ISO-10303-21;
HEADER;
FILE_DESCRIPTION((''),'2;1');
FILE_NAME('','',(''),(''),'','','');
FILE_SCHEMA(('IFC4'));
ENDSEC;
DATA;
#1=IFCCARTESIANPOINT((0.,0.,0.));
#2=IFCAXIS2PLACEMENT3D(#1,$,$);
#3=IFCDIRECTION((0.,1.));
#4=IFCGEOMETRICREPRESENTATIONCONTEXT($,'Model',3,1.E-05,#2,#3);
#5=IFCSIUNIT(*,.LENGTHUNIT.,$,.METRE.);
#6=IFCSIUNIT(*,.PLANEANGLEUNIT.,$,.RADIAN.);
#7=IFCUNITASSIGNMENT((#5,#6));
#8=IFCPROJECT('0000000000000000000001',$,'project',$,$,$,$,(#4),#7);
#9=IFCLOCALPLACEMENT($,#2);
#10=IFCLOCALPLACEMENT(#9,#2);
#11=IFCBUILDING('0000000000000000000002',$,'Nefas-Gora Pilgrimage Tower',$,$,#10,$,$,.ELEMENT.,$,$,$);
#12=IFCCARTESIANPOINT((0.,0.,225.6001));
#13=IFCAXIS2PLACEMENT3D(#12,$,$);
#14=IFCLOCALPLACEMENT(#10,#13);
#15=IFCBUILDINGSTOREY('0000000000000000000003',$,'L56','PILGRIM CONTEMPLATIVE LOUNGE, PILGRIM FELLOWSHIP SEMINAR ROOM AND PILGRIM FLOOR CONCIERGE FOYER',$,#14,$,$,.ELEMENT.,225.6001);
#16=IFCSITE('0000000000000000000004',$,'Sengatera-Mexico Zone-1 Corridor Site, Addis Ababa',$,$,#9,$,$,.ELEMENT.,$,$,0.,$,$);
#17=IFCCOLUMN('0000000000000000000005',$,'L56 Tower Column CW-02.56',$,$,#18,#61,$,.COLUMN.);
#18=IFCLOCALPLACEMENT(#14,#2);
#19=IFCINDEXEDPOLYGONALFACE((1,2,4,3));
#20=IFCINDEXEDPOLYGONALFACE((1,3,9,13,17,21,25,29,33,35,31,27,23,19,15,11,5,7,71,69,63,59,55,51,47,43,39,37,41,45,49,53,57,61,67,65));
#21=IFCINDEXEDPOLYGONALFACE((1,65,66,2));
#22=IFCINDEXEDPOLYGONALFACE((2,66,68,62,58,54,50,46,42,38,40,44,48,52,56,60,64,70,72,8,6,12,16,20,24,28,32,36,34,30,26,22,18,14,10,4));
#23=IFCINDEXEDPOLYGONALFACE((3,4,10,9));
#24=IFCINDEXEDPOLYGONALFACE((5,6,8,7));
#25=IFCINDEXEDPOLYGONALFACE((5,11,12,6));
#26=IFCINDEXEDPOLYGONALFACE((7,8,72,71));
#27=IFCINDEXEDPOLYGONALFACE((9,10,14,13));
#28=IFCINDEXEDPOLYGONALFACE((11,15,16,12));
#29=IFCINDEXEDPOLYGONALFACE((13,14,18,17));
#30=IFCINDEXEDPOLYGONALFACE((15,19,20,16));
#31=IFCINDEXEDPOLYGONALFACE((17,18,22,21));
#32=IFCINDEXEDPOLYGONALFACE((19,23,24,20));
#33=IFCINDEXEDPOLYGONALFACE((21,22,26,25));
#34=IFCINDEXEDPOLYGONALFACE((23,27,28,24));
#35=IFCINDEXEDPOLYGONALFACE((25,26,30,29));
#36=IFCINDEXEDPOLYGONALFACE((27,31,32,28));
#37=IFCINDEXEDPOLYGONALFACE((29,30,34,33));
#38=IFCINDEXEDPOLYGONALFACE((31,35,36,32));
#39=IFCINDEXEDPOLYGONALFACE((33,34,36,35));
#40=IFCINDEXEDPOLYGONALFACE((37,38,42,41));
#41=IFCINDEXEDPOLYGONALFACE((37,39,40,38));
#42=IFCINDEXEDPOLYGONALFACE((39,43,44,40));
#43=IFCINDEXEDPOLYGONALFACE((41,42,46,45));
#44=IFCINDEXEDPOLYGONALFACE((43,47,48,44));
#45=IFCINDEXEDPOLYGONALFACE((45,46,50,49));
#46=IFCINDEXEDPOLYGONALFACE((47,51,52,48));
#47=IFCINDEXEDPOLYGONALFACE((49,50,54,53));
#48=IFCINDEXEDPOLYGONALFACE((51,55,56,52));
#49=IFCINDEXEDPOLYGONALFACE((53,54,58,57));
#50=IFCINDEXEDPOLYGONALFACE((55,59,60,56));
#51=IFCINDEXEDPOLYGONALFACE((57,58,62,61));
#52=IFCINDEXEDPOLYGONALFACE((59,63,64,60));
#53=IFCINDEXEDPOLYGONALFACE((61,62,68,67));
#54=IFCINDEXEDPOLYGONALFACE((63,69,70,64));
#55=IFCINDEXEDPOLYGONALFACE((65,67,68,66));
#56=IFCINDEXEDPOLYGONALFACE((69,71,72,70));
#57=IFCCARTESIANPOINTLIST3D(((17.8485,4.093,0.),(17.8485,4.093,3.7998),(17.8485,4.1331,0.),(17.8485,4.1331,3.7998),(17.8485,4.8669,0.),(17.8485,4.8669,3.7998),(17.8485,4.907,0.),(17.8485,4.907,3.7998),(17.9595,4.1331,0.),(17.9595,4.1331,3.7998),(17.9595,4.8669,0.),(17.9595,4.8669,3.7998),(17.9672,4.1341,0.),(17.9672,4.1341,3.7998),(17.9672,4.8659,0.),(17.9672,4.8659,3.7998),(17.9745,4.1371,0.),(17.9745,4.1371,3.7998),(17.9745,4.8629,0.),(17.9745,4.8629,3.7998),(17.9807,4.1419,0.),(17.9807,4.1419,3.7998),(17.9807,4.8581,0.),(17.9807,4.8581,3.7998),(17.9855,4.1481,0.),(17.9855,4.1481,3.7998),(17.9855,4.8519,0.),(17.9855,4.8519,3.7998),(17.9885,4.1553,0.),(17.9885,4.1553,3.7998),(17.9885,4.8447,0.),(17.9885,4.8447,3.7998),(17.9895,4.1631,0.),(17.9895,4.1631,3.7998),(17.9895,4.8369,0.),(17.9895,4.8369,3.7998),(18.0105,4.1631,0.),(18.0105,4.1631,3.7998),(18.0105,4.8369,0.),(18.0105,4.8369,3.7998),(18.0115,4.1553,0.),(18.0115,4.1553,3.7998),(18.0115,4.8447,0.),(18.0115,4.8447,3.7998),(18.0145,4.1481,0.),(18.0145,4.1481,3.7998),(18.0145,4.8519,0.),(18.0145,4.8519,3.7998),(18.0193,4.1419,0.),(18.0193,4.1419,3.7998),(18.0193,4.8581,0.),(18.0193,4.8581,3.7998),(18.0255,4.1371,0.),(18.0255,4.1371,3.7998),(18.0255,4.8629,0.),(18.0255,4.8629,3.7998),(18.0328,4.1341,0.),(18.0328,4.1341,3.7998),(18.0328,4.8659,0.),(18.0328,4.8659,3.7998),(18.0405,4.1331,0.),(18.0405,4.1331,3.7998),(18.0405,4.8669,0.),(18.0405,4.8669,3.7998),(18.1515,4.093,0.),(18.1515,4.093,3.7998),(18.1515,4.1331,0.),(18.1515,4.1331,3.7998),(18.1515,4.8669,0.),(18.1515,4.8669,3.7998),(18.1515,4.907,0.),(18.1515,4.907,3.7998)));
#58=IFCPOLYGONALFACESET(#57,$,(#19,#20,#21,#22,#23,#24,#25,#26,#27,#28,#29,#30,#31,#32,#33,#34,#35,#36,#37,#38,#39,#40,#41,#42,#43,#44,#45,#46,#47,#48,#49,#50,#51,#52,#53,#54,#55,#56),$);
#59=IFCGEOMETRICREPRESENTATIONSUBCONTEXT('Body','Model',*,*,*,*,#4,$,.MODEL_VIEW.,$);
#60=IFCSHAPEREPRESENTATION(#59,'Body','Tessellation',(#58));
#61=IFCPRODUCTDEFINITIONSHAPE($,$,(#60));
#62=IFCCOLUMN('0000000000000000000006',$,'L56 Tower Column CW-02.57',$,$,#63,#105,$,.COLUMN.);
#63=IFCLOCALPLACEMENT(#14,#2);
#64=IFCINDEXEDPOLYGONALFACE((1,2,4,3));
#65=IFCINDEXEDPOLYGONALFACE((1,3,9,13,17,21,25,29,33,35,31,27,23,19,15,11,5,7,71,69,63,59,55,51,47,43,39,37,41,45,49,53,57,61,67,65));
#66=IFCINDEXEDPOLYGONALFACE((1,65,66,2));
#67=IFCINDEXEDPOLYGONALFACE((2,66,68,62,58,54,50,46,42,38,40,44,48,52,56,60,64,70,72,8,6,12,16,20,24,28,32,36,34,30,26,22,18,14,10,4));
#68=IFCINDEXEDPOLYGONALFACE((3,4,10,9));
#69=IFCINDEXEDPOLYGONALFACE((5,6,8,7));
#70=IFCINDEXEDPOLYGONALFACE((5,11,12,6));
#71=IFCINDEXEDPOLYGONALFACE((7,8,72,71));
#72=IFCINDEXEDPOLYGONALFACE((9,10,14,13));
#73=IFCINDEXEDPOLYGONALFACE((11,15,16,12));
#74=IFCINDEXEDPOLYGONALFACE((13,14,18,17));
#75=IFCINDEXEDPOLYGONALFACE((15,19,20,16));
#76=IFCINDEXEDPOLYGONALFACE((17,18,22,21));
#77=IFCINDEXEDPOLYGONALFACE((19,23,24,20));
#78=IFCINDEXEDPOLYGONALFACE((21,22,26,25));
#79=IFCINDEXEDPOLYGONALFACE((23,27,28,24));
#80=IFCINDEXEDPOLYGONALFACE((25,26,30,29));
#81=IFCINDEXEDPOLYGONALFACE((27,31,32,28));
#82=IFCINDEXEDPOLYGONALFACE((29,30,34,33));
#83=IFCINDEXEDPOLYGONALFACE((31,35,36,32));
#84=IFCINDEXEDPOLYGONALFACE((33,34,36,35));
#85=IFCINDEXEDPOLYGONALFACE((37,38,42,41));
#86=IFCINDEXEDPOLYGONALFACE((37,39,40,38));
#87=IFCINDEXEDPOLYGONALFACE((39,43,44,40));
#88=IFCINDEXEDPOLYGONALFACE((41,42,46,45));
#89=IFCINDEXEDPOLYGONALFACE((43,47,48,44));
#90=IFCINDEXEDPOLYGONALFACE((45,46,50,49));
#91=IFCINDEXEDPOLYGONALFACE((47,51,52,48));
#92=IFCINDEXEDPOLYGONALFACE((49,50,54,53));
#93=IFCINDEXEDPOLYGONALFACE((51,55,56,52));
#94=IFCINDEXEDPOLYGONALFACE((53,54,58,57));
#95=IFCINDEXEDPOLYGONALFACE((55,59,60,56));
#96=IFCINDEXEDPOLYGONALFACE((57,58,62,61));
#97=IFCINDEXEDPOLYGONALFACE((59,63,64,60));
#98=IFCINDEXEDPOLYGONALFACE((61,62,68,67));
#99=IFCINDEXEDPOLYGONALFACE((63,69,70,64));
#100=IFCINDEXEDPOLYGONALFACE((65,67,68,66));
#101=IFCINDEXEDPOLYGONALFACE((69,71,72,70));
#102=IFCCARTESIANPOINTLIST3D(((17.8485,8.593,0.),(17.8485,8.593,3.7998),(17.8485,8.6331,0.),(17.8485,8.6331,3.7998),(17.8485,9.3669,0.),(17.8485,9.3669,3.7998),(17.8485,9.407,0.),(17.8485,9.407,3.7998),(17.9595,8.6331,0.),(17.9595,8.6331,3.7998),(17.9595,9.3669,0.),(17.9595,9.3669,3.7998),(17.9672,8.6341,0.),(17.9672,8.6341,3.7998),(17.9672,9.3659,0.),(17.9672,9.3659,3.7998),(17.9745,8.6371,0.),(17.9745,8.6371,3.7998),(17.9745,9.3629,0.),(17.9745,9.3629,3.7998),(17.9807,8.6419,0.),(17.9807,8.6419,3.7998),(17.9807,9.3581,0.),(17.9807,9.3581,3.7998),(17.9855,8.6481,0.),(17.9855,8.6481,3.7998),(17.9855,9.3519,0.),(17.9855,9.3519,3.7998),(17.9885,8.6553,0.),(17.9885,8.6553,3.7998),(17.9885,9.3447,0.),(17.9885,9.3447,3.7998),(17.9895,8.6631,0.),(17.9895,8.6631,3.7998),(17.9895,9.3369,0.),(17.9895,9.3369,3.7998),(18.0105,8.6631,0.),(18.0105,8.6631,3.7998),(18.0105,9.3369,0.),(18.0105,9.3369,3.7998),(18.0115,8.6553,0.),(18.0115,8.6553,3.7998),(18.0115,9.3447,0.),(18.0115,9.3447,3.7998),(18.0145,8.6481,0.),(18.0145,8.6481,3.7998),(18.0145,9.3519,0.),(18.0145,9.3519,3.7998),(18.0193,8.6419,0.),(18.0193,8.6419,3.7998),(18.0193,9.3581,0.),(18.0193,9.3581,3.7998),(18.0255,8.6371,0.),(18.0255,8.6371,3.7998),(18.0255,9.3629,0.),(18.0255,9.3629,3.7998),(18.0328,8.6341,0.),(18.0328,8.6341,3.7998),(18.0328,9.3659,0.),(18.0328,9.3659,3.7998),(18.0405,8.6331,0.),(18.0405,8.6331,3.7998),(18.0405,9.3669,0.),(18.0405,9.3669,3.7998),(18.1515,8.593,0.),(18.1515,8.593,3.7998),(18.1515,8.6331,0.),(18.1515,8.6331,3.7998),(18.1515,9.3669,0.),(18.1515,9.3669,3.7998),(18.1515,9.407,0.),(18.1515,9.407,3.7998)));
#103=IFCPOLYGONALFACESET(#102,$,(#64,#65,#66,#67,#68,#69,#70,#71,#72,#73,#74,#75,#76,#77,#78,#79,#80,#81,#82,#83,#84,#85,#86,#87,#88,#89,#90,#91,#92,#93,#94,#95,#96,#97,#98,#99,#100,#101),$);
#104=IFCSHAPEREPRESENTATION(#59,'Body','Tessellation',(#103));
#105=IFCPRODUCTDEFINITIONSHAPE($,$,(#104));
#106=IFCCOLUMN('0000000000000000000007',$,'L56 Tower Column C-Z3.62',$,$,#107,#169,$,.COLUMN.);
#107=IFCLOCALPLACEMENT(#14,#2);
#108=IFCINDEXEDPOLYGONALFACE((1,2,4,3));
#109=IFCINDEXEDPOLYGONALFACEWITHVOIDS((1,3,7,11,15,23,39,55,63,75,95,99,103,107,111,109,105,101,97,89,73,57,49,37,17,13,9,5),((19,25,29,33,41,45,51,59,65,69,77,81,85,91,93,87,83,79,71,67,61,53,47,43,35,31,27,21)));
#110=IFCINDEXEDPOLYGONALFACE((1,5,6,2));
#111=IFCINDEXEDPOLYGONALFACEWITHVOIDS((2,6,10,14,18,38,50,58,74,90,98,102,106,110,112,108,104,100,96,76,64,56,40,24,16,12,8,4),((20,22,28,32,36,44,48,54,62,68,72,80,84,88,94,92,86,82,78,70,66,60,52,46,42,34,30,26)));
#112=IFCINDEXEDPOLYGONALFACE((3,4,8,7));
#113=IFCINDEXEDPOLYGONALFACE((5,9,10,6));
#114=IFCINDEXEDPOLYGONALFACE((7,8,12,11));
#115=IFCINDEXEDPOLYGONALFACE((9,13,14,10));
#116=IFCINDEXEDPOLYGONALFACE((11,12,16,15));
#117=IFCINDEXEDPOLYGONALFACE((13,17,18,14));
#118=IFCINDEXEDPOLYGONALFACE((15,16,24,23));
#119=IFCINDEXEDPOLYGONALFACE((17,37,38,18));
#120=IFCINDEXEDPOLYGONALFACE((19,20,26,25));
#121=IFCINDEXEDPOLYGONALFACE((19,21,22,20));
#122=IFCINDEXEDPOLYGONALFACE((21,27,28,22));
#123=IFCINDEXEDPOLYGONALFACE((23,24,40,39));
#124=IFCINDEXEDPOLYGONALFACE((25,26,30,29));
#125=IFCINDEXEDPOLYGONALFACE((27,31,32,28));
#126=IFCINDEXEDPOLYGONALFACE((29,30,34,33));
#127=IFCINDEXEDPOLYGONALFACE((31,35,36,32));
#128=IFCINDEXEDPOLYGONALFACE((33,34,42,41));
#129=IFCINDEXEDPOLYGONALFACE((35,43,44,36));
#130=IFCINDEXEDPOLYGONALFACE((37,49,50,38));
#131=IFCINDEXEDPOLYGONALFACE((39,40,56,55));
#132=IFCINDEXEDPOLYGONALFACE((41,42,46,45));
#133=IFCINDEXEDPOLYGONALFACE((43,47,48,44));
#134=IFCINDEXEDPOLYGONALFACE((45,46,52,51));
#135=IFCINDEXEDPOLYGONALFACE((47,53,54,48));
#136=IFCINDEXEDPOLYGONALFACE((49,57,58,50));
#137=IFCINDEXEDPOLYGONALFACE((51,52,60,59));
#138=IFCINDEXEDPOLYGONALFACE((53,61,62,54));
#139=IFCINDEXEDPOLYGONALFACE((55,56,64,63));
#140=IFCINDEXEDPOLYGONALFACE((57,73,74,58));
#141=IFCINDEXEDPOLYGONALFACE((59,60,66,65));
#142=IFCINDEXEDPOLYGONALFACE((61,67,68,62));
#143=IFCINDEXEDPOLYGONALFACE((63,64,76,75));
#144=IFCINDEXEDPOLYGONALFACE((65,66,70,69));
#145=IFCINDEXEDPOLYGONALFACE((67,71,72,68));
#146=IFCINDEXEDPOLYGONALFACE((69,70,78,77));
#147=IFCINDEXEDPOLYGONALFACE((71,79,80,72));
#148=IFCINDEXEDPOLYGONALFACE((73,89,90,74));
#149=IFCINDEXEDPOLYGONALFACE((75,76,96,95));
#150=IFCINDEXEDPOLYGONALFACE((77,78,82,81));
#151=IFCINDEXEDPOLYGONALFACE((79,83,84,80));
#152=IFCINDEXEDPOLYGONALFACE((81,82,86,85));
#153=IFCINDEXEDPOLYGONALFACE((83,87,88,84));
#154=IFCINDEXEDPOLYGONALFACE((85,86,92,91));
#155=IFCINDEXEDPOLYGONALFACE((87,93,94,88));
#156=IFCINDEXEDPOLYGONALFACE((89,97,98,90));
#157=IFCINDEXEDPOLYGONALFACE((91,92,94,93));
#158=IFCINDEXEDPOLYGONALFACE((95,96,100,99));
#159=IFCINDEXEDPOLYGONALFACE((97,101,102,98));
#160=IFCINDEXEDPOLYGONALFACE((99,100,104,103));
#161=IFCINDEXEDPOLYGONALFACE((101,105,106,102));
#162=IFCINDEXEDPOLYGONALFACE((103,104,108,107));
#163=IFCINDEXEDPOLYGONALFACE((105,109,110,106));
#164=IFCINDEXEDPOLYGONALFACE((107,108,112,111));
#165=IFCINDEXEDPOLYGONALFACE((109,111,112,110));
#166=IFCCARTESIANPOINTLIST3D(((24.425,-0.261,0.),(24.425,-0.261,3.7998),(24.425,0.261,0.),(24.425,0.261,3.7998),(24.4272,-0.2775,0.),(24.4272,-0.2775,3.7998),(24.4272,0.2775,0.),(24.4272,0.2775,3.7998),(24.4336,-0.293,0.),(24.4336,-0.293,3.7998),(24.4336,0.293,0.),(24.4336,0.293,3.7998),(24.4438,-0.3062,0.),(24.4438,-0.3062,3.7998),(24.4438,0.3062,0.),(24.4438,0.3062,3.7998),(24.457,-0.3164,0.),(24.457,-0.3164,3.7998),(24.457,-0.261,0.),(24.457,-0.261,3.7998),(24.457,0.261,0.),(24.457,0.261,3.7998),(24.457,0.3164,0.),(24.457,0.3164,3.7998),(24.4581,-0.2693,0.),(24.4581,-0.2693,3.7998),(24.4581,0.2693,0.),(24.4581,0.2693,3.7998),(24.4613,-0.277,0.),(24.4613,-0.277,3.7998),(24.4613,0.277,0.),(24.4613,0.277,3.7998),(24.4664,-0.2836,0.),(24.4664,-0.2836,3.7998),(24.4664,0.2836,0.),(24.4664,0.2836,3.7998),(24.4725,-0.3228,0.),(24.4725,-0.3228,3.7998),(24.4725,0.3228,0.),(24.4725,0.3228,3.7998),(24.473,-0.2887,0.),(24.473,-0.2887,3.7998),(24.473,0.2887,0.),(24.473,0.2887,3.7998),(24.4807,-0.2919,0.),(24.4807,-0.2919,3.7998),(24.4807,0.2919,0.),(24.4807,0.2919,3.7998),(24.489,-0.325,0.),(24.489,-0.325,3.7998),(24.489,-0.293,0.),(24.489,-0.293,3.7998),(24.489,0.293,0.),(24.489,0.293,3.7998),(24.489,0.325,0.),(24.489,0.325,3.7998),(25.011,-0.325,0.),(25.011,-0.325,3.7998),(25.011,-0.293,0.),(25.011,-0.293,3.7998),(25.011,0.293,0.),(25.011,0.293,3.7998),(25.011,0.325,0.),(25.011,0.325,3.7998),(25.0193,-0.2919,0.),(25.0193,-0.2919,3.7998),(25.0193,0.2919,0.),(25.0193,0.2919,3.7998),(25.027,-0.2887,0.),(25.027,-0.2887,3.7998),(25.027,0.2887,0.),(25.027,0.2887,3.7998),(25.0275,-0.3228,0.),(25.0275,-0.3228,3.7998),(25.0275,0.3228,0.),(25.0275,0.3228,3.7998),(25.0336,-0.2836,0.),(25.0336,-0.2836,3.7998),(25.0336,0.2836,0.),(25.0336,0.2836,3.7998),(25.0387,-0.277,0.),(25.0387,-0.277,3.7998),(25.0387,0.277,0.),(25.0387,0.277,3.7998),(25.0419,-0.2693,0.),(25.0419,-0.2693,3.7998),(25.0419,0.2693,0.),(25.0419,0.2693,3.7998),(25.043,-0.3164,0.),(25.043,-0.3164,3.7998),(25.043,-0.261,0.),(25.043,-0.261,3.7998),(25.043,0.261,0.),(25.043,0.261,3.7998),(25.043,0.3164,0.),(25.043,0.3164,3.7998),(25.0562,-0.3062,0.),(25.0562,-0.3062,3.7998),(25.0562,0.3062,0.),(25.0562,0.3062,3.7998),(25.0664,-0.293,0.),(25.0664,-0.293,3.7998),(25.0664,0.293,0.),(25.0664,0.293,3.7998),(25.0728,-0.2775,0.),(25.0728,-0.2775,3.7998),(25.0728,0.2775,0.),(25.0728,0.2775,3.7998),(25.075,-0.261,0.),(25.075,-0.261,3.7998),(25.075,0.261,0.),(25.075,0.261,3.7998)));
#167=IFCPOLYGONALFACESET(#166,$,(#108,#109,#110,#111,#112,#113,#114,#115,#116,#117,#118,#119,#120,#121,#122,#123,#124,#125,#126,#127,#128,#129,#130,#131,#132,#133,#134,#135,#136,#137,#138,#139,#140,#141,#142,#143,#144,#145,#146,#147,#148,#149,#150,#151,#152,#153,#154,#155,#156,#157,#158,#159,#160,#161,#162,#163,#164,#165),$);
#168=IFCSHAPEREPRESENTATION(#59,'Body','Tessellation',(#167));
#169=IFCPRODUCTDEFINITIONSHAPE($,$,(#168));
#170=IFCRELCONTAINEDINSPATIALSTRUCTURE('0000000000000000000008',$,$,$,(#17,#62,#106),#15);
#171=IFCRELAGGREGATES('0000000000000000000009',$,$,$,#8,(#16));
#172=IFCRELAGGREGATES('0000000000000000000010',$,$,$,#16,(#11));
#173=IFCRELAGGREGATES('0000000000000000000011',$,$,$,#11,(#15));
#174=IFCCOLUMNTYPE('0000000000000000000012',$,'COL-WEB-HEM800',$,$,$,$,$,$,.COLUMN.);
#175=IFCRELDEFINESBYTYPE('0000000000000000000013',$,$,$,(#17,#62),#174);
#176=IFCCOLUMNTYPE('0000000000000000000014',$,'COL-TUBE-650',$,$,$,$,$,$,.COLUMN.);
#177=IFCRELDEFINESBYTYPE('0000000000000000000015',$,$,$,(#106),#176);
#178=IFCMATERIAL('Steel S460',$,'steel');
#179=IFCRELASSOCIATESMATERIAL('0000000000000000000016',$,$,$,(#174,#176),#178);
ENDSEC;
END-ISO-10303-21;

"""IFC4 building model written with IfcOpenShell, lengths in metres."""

from ifc_helpers import new_model, si_unit, direction, frame, origin, origin_2d, place, context, subcontext, project, spatial, hollow_rectangle, i_section, extrude, source, transform, mapped, material, material_profile, profile_set, type_object, element, save


model = new_model("IFC4")

# Units and contexts
model_context = context("Model", 3, precision=1e-05, world=origin(), true_north=direction((0.0, 1.0)))
body_context = subcontext(model_context, "Body", "Model", "MODEL_VIEW")
ifc_project = project(units=[si_unit("LENGTHUNIT", "METRE"), si_unit("PLANEANGLEUNIT", "RADIAN")], contexts=[model_context])

# Site, building, storey
site_placement = place(None, origin())
site = spatial("IfcSite", under=ifc_project, at=site_placement, Name="Sengatera-Mexico Zone-1 Corridor Site, Addis Ababa", CompositionType="ELEMENT", RefElevation=0.0)
building_placement = place(site_placement, origin())
building = spatial("IfcBuilding", under=site, at=building_placement, Name="Nefas-Gora Pilgrimage Tower", CompositionType="ELEMENT")
storey_placement = place(building_placement, frame((0.0, 0.0, 225.6001)))
storey = spatial("IfcBuildingStorey", under=building, at=storey_placement, Name="L56", Description="PILGRIM CONTEMPLATIVE LOUNGE, PILGRIM FELLOWSHIP SEMINAR ROOM AND PILGRIM FLOOR CONCIERGE FOYER", CompositionType="ELEMENT", Elevation=225.6001)

# Columns
ifc_material_1 = material(Name="Steel S460", Category="steel")
ifc_material_profile_1 = material_profile(ifc_material_1, i_section(OverallWidth=0.303, OverallDepth=0.814, WebThickness=0.021, FlangeThickness=0.04, FilletRadius=0.03, at=origin_2d()), Name="HEM 800")
ifc_profile_set_1 = profile_set([ifc_material_profile_1], Name="Steel S460")
column_type_1 = type_object("IfcColumnType", Name="COL-WEB-HEM800", PredefinedType="COLUMN", material=ifc_profile_set_1)
shared_shape_1 = source(origin(), body_context, "Body", "SweptSolid", [
    extrude(i_section(OverallWidth=0.303, OverallDepth=0.814, WebThickness=0.021, FlangeThickness=0.04, FilletRadius=0.03, at=origin_2d()), origin(), (0.0, 0.0, 1.0), 3.7998),
])
for number, where, z_axis, x_axis, name in (
    (1, (18.0, 4.5, 0.0), (0.0, 0.0, 1.0), (1.0, 0.0, 0.0), "L56 Tower Column CW-02.56"),
    (2, (18.0, 9.0, 0.0), (0.0, 0.0, 1.0), (1.0, 0.0, 0.0), "L56 Tower Column CW-02.57"),
):
    element("IfcColumn", number, at=place(storey_placement, frame(where, z_axis=z_axis, x_axis=x_axis)), inside=storey, type_object=column_type_1, Name=name, PredefinedType="COLUMN", context=body_context, shape_type="MappedRepresentation", body=[
        mapped(shared_shape_1, transform((0.0, 0.0, 0.0), x_axis=(1.0, 0.0, 0.0), y_axis=(0.0, 1.0, 0.0), z_axis=(0.0, 0.0, 1.0), scale=1.0)),
    ])
ifc_material_profile_2 = material_profile(ifc_material_1, hollow_rectangle(XDim=0.6499, YDim=0.6499, WallThickness=0.032, InnerFilletRadius=0.032, OuterFilletRadius=0.064, at=origin_2d()), Name="BOX 650x650x32")
ifc_profile_set_2 = profile_set([ifc_material_profile_2], Name="Steel S460")
column_type_2 = type_object("IfcColumnType", Name="COL-TUBE-650", PredefinedType="COLUMN", material=ifc_profile_set_2)
shared_shape_2 = source(origin(), body_context, "Body", "SweptSolid", [
    extrude(hollow_rectangle(XDim=0.6499, YDim=0.6499, WallThickness=0.032, InnerFilletRadius=0.032, OuterFilletRadius=0.064, at=origin_2d()), origin(), (0.0, 0.0, 1.0), 3.7998),
])
for number, where, z_axis, x_axis, name in (
    (3, (24.75, 0.0, 0.0), (0.0, 0.0, 1.0), (1.0, 0.0, 0.0), "L56 Tower Column C-Z3.62"),
):
    element("IfcColumn", number, at=place(storey_placement, frame(where, z_axis=z_axis, x_axis=x_axis)), inside=storey, type_object=column_type_2, Name=name, PredefinedType="COLUMN", context=body_context, shape_type="MappedRepresentation", body=[
        mapped(shared_shape_2, transform((0.0, 0.0, 0.0), x_axis=(1.0, 0.0, 0.0), y_axis=(0.0, 1.0, 0.0), z_axis=(0.0, 0.0, 1.0), scale=1.0)),
    ])

save(model, "model.ifc")
